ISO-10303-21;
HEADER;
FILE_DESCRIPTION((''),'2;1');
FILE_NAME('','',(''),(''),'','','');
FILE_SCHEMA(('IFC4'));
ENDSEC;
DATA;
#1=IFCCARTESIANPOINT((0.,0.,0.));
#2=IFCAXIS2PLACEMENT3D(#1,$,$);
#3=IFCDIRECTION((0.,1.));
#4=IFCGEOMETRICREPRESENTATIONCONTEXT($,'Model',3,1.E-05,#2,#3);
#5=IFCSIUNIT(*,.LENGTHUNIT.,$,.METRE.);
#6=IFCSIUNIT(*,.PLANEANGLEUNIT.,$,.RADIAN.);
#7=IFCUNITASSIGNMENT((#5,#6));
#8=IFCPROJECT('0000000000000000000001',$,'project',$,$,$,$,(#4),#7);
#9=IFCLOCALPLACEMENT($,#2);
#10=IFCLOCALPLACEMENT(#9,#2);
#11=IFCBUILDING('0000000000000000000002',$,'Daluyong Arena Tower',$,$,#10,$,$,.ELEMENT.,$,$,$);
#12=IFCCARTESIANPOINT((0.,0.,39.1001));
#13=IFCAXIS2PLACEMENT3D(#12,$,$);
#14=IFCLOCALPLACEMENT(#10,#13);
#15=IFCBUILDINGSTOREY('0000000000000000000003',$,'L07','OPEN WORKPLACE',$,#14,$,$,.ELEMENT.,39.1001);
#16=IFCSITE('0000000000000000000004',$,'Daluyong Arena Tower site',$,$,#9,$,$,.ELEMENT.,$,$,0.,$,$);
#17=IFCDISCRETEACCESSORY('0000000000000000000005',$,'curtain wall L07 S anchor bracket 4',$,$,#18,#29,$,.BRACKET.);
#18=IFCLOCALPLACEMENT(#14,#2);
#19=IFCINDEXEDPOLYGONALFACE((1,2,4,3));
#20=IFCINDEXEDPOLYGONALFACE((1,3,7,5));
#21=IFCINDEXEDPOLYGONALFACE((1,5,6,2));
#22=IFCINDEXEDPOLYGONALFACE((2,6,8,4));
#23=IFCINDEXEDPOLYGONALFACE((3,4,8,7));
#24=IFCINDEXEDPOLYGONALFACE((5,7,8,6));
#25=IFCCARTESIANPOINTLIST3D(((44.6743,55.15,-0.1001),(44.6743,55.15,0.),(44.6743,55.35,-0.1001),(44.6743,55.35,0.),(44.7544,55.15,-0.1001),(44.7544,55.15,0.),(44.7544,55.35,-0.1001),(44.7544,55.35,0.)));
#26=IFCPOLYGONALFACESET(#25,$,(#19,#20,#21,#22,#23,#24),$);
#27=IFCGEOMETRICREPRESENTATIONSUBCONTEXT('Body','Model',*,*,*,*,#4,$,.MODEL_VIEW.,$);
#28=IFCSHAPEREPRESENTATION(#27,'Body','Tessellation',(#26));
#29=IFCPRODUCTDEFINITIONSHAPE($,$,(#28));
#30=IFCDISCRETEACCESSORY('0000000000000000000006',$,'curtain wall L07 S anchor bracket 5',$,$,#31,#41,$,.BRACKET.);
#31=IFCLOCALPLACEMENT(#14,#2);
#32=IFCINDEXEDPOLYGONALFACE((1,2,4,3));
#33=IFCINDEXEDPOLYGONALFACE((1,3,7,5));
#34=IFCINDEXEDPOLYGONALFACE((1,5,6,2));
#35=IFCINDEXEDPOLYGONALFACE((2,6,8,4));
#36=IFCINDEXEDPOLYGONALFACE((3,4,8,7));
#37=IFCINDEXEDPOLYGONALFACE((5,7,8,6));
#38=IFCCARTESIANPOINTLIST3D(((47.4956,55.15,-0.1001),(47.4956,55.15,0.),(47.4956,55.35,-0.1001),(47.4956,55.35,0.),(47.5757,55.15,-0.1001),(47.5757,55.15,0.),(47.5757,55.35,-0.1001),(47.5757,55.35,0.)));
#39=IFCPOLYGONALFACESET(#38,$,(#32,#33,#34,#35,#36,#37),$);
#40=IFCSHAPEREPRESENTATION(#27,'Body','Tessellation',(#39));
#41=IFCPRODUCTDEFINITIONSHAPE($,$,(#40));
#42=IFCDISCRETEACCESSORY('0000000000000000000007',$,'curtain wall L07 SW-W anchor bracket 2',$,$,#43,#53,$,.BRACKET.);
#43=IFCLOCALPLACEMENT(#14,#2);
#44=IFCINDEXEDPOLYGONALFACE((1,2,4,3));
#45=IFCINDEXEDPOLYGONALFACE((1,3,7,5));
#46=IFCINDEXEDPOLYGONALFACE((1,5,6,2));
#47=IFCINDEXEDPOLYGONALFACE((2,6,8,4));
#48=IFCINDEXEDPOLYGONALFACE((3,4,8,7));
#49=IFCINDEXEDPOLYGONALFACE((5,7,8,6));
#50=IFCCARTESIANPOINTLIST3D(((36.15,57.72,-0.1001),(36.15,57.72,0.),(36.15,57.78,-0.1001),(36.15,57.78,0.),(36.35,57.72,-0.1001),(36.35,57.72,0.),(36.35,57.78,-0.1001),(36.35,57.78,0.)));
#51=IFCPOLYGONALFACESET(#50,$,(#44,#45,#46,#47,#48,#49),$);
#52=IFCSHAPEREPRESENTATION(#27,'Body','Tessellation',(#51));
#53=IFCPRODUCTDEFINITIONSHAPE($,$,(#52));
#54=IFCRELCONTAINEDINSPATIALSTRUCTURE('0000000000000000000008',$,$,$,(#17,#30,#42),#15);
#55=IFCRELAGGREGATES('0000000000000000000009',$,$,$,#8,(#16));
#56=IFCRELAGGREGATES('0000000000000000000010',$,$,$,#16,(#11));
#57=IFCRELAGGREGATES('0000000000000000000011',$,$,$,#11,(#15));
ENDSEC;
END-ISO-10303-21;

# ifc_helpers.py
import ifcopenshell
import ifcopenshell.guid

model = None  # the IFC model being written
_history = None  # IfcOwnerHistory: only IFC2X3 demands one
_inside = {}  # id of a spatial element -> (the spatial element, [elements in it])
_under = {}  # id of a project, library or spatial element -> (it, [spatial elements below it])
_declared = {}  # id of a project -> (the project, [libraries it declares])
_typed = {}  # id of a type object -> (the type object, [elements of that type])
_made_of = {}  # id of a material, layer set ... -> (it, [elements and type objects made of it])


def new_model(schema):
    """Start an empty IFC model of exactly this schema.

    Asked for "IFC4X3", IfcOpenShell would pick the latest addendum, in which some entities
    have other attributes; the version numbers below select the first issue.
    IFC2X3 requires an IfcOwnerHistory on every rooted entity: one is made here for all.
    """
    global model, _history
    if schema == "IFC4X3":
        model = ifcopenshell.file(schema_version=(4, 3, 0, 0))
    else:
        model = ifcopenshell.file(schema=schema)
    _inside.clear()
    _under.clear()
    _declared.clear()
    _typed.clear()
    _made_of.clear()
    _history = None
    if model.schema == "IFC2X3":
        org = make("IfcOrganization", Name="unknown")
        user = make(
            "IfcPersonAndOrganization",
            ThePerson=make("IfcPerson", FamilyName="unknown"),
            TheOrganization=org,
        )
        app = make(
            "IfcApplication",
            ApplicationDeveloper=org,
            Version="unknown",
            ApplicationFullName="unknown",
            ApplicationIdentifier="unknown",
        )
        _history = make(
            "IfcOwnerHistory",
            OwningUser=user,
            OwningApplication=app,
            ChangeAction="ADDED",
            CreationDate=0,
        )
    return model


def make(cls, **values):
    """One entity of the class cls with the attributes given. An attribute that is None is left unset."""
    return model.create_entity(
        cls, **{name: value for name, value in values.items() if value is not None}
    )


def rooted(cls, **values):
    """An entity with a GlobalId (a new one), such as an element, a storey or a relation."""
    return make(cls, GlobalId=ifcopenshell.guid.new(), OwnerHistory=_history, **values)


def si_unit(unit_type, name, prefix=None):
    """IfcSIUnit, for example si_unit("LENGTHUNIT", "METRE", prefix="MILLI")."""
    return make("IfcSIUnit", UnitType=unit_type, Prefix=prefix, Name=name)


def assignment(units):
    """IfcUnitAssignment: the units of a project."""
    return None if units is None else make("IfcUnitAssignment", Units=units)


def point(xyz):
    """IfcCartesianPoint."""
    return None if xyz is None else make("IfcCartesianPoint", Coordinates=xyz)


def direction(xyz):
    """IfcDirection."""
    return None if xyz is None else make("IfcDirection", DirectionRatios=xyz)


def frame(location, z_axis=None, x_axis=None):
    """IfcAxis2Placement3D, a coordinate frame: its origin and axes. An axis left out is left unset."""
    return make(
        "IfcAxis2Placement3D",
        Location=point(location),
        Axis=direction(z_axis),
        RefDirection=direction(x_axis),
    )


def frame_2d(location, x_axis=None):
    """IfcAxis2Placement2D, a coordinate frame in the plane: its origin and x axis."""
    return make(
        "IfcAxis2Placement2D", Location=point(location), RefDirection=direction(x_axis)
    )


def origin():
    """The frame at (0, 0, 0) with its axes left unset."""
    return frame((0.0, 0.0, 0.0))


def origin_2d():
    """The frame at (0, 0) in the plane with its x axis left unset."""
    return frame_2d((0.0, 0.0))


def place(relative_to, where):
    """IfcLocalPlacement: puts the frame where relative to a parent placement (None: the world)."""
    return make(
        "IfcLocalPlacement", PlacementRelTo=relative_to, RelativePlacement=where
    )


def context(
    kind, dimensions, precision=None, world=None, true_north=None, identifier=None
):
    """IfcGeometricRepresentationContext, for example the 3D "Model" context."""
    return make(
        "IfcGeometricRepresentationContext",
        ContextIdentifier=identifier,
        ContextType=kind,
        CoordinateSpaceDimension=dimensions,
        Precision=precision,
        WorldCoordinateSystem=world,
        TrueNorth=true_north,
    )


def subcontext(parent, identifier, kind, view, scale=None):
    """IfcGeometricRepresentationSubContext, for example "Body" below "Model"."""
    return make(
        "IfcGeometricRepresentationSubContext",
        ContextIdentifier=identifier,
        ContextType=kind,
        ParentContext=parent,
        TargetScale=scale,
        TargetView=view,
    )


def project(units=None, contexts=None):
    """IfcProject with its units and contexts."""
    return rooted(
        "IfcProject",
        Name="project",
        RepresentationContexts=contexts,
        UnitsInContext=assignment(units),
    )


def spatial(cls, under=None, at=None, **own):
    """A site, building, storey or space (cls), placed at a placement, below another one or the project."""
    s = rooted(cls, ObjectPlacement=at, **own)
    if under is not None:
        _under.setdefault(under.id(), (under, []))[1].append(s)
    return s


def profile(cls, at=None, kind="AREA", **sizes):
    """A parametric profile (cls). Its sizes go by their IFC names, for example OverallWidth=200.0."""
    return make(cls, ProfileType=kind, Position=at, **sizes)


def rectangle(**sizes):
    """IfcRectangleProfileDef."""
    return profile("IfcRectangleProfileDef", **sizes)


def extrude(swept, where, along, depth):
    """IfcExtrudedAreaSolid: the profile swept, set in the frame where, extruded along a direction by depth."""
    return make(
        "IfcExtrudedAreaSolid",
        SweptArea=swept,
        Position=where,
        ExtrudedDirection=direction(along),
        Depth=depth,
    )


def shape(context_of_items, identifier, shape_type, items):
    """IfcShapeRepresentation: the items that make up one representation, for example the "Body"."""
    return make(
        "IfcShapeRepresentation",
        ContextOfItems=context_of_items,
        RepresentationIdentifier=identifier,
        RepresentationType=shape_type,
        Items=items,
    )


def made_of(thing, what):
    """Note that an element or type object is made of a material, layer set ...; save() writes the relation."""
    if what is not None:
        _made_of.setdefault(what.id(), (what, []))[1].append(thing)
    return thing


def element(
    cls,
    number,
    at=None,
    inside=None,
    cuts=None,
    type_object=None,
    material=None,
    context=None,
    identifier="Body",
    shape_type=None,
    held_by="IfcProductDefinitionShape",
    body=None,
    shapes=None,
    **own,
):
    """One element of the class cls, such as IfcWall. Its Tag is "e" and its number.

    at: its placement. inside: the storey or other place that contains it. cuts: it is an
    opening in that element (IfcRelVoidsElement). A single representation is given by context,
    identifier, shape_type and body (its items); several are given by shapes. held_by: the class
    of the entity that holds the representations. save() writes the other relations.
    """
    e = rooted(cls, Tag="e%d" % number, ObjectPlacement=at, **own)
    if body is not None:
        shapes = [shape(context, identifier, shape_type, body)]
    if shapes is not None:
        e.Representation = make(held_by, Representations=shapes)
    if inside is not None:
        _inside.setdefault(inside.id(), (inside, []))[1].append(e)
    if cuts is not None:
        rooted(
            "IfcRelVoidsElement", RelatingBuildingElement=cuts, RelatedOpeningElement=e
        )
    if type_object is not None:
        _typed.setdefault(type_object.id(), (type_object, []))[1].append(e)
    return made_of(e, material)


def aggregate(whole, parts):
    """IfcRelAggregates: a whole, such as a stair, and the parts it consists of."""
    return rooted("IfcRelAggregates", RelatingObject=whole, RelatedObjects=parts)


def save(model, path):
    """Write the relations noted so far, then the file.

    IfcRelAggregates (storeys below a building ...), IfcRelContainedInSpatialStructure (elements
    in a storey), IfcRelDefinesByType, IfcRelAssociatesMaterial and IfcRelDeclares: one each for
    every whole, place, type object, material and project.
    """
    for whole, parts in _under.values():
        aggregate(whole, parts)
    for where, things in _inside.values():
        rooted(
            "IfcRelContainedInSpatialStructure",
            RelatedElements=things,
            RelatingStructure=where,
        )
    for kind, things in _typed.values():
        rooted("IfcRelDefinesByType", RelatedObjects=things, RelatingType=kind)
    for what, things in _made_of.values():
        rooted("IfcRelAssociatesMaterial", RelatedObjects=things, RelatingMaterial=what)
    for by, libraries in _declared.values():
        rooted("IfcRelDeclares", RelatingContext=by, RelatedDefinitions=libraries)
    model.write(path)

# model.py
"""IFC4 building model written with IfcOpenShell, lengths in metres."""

from ifc_helpers import new_model, si_unit, direction, frame, origin, origin_2d, place, context, subcontext, project, spatial, rectangle, extrude, element, save


model = new_model("IFC4")

# Units and contexts
model_context = context("Model", 3, precision=1e-05, world=origin(), true_north=direction((0.0, 1.0)))
body_context = subcontext(model_context, "Body", "Model", "MODEL_VIEW")
ifc_project = project(units=[si_unit("LENGTHUNIT", "METRE"), si_unit("PLANEANGLEUNIT", "RADIAN")], contexts=[model_context])

# Site, building, storey
site_placement = place(None, origin())
site = spatial("IfcSite", under=ifc_project, at=site_placement, Name="Daluyong Arena Tower site", CompositionType="ELEMENT", RefElevation=0.0)
building_placement = place(site_placement, origin())
building = spatial("IfcBuilding", under=site, at=building_placement, Name="Daluyong Arena Tower", CompositionType="ELEMENT")
storey_placement = place(building_placement, frame((0.0, 0.0, 39.1001)))
storey = spatial("IfcBuildingStorey", under=building, at=storey_placement, Name="L07", Description="OPEN WORKPLACE", CompositionType="ELEMENT", Elevation=39.1001)

# Discrete accessories
for number, where, z_axis, x_axis, name in (
    (1, (44.7144, 55.25, -0.1001), (0.0, 0.0, 1.0), (1.0, 0.0, 0.0), "curtain wall L07 S anchor bracket 4"),
    (2, (47.5356, 55.25, -0.1001), (0.0, 0.0, 1.0), (1.0, 0.0, 0.0), "curtain wall L07 S anchor bracket 5"),
):
    element("IfcDiscreteAccessory", number, at=place(storey_placement, frame(where, z_axis=z_axis, x_axis=x_axis)), inside=storey, Name=name, PredefinedType="BRACKET", context=body_context, shape_type="SweptSolid", body=[
        extrude(rectangle(XDim=0.0801, YDim=0.2, at=origin_2d()), origin(), (0.0, 0.0, 1.0), 0.1001),
    ])
discrete_accessory_placement = place(storey_placement, frame((36.25, 57.75, -0.1001), z_axis=(0.0, 0.0, 1.0), x_axis=(0.0, -1.0, 0.0)))
element("IfcDiscreteAccessory", 3, at=discrete_accessory_placement, inside=storey, Name="curtain wall L07 SW-W anchor bracket 2", PredefinedType="BRACKET", context=body_context, shape_type="SweptSolid", body=[
    extrude(rectangle(XDim=0.0601, YDim=0.2, at=origin_2d()), origin(), (0.0, 0.0, 1.0), 0.1001),
])

save(model, "model.ifc")
